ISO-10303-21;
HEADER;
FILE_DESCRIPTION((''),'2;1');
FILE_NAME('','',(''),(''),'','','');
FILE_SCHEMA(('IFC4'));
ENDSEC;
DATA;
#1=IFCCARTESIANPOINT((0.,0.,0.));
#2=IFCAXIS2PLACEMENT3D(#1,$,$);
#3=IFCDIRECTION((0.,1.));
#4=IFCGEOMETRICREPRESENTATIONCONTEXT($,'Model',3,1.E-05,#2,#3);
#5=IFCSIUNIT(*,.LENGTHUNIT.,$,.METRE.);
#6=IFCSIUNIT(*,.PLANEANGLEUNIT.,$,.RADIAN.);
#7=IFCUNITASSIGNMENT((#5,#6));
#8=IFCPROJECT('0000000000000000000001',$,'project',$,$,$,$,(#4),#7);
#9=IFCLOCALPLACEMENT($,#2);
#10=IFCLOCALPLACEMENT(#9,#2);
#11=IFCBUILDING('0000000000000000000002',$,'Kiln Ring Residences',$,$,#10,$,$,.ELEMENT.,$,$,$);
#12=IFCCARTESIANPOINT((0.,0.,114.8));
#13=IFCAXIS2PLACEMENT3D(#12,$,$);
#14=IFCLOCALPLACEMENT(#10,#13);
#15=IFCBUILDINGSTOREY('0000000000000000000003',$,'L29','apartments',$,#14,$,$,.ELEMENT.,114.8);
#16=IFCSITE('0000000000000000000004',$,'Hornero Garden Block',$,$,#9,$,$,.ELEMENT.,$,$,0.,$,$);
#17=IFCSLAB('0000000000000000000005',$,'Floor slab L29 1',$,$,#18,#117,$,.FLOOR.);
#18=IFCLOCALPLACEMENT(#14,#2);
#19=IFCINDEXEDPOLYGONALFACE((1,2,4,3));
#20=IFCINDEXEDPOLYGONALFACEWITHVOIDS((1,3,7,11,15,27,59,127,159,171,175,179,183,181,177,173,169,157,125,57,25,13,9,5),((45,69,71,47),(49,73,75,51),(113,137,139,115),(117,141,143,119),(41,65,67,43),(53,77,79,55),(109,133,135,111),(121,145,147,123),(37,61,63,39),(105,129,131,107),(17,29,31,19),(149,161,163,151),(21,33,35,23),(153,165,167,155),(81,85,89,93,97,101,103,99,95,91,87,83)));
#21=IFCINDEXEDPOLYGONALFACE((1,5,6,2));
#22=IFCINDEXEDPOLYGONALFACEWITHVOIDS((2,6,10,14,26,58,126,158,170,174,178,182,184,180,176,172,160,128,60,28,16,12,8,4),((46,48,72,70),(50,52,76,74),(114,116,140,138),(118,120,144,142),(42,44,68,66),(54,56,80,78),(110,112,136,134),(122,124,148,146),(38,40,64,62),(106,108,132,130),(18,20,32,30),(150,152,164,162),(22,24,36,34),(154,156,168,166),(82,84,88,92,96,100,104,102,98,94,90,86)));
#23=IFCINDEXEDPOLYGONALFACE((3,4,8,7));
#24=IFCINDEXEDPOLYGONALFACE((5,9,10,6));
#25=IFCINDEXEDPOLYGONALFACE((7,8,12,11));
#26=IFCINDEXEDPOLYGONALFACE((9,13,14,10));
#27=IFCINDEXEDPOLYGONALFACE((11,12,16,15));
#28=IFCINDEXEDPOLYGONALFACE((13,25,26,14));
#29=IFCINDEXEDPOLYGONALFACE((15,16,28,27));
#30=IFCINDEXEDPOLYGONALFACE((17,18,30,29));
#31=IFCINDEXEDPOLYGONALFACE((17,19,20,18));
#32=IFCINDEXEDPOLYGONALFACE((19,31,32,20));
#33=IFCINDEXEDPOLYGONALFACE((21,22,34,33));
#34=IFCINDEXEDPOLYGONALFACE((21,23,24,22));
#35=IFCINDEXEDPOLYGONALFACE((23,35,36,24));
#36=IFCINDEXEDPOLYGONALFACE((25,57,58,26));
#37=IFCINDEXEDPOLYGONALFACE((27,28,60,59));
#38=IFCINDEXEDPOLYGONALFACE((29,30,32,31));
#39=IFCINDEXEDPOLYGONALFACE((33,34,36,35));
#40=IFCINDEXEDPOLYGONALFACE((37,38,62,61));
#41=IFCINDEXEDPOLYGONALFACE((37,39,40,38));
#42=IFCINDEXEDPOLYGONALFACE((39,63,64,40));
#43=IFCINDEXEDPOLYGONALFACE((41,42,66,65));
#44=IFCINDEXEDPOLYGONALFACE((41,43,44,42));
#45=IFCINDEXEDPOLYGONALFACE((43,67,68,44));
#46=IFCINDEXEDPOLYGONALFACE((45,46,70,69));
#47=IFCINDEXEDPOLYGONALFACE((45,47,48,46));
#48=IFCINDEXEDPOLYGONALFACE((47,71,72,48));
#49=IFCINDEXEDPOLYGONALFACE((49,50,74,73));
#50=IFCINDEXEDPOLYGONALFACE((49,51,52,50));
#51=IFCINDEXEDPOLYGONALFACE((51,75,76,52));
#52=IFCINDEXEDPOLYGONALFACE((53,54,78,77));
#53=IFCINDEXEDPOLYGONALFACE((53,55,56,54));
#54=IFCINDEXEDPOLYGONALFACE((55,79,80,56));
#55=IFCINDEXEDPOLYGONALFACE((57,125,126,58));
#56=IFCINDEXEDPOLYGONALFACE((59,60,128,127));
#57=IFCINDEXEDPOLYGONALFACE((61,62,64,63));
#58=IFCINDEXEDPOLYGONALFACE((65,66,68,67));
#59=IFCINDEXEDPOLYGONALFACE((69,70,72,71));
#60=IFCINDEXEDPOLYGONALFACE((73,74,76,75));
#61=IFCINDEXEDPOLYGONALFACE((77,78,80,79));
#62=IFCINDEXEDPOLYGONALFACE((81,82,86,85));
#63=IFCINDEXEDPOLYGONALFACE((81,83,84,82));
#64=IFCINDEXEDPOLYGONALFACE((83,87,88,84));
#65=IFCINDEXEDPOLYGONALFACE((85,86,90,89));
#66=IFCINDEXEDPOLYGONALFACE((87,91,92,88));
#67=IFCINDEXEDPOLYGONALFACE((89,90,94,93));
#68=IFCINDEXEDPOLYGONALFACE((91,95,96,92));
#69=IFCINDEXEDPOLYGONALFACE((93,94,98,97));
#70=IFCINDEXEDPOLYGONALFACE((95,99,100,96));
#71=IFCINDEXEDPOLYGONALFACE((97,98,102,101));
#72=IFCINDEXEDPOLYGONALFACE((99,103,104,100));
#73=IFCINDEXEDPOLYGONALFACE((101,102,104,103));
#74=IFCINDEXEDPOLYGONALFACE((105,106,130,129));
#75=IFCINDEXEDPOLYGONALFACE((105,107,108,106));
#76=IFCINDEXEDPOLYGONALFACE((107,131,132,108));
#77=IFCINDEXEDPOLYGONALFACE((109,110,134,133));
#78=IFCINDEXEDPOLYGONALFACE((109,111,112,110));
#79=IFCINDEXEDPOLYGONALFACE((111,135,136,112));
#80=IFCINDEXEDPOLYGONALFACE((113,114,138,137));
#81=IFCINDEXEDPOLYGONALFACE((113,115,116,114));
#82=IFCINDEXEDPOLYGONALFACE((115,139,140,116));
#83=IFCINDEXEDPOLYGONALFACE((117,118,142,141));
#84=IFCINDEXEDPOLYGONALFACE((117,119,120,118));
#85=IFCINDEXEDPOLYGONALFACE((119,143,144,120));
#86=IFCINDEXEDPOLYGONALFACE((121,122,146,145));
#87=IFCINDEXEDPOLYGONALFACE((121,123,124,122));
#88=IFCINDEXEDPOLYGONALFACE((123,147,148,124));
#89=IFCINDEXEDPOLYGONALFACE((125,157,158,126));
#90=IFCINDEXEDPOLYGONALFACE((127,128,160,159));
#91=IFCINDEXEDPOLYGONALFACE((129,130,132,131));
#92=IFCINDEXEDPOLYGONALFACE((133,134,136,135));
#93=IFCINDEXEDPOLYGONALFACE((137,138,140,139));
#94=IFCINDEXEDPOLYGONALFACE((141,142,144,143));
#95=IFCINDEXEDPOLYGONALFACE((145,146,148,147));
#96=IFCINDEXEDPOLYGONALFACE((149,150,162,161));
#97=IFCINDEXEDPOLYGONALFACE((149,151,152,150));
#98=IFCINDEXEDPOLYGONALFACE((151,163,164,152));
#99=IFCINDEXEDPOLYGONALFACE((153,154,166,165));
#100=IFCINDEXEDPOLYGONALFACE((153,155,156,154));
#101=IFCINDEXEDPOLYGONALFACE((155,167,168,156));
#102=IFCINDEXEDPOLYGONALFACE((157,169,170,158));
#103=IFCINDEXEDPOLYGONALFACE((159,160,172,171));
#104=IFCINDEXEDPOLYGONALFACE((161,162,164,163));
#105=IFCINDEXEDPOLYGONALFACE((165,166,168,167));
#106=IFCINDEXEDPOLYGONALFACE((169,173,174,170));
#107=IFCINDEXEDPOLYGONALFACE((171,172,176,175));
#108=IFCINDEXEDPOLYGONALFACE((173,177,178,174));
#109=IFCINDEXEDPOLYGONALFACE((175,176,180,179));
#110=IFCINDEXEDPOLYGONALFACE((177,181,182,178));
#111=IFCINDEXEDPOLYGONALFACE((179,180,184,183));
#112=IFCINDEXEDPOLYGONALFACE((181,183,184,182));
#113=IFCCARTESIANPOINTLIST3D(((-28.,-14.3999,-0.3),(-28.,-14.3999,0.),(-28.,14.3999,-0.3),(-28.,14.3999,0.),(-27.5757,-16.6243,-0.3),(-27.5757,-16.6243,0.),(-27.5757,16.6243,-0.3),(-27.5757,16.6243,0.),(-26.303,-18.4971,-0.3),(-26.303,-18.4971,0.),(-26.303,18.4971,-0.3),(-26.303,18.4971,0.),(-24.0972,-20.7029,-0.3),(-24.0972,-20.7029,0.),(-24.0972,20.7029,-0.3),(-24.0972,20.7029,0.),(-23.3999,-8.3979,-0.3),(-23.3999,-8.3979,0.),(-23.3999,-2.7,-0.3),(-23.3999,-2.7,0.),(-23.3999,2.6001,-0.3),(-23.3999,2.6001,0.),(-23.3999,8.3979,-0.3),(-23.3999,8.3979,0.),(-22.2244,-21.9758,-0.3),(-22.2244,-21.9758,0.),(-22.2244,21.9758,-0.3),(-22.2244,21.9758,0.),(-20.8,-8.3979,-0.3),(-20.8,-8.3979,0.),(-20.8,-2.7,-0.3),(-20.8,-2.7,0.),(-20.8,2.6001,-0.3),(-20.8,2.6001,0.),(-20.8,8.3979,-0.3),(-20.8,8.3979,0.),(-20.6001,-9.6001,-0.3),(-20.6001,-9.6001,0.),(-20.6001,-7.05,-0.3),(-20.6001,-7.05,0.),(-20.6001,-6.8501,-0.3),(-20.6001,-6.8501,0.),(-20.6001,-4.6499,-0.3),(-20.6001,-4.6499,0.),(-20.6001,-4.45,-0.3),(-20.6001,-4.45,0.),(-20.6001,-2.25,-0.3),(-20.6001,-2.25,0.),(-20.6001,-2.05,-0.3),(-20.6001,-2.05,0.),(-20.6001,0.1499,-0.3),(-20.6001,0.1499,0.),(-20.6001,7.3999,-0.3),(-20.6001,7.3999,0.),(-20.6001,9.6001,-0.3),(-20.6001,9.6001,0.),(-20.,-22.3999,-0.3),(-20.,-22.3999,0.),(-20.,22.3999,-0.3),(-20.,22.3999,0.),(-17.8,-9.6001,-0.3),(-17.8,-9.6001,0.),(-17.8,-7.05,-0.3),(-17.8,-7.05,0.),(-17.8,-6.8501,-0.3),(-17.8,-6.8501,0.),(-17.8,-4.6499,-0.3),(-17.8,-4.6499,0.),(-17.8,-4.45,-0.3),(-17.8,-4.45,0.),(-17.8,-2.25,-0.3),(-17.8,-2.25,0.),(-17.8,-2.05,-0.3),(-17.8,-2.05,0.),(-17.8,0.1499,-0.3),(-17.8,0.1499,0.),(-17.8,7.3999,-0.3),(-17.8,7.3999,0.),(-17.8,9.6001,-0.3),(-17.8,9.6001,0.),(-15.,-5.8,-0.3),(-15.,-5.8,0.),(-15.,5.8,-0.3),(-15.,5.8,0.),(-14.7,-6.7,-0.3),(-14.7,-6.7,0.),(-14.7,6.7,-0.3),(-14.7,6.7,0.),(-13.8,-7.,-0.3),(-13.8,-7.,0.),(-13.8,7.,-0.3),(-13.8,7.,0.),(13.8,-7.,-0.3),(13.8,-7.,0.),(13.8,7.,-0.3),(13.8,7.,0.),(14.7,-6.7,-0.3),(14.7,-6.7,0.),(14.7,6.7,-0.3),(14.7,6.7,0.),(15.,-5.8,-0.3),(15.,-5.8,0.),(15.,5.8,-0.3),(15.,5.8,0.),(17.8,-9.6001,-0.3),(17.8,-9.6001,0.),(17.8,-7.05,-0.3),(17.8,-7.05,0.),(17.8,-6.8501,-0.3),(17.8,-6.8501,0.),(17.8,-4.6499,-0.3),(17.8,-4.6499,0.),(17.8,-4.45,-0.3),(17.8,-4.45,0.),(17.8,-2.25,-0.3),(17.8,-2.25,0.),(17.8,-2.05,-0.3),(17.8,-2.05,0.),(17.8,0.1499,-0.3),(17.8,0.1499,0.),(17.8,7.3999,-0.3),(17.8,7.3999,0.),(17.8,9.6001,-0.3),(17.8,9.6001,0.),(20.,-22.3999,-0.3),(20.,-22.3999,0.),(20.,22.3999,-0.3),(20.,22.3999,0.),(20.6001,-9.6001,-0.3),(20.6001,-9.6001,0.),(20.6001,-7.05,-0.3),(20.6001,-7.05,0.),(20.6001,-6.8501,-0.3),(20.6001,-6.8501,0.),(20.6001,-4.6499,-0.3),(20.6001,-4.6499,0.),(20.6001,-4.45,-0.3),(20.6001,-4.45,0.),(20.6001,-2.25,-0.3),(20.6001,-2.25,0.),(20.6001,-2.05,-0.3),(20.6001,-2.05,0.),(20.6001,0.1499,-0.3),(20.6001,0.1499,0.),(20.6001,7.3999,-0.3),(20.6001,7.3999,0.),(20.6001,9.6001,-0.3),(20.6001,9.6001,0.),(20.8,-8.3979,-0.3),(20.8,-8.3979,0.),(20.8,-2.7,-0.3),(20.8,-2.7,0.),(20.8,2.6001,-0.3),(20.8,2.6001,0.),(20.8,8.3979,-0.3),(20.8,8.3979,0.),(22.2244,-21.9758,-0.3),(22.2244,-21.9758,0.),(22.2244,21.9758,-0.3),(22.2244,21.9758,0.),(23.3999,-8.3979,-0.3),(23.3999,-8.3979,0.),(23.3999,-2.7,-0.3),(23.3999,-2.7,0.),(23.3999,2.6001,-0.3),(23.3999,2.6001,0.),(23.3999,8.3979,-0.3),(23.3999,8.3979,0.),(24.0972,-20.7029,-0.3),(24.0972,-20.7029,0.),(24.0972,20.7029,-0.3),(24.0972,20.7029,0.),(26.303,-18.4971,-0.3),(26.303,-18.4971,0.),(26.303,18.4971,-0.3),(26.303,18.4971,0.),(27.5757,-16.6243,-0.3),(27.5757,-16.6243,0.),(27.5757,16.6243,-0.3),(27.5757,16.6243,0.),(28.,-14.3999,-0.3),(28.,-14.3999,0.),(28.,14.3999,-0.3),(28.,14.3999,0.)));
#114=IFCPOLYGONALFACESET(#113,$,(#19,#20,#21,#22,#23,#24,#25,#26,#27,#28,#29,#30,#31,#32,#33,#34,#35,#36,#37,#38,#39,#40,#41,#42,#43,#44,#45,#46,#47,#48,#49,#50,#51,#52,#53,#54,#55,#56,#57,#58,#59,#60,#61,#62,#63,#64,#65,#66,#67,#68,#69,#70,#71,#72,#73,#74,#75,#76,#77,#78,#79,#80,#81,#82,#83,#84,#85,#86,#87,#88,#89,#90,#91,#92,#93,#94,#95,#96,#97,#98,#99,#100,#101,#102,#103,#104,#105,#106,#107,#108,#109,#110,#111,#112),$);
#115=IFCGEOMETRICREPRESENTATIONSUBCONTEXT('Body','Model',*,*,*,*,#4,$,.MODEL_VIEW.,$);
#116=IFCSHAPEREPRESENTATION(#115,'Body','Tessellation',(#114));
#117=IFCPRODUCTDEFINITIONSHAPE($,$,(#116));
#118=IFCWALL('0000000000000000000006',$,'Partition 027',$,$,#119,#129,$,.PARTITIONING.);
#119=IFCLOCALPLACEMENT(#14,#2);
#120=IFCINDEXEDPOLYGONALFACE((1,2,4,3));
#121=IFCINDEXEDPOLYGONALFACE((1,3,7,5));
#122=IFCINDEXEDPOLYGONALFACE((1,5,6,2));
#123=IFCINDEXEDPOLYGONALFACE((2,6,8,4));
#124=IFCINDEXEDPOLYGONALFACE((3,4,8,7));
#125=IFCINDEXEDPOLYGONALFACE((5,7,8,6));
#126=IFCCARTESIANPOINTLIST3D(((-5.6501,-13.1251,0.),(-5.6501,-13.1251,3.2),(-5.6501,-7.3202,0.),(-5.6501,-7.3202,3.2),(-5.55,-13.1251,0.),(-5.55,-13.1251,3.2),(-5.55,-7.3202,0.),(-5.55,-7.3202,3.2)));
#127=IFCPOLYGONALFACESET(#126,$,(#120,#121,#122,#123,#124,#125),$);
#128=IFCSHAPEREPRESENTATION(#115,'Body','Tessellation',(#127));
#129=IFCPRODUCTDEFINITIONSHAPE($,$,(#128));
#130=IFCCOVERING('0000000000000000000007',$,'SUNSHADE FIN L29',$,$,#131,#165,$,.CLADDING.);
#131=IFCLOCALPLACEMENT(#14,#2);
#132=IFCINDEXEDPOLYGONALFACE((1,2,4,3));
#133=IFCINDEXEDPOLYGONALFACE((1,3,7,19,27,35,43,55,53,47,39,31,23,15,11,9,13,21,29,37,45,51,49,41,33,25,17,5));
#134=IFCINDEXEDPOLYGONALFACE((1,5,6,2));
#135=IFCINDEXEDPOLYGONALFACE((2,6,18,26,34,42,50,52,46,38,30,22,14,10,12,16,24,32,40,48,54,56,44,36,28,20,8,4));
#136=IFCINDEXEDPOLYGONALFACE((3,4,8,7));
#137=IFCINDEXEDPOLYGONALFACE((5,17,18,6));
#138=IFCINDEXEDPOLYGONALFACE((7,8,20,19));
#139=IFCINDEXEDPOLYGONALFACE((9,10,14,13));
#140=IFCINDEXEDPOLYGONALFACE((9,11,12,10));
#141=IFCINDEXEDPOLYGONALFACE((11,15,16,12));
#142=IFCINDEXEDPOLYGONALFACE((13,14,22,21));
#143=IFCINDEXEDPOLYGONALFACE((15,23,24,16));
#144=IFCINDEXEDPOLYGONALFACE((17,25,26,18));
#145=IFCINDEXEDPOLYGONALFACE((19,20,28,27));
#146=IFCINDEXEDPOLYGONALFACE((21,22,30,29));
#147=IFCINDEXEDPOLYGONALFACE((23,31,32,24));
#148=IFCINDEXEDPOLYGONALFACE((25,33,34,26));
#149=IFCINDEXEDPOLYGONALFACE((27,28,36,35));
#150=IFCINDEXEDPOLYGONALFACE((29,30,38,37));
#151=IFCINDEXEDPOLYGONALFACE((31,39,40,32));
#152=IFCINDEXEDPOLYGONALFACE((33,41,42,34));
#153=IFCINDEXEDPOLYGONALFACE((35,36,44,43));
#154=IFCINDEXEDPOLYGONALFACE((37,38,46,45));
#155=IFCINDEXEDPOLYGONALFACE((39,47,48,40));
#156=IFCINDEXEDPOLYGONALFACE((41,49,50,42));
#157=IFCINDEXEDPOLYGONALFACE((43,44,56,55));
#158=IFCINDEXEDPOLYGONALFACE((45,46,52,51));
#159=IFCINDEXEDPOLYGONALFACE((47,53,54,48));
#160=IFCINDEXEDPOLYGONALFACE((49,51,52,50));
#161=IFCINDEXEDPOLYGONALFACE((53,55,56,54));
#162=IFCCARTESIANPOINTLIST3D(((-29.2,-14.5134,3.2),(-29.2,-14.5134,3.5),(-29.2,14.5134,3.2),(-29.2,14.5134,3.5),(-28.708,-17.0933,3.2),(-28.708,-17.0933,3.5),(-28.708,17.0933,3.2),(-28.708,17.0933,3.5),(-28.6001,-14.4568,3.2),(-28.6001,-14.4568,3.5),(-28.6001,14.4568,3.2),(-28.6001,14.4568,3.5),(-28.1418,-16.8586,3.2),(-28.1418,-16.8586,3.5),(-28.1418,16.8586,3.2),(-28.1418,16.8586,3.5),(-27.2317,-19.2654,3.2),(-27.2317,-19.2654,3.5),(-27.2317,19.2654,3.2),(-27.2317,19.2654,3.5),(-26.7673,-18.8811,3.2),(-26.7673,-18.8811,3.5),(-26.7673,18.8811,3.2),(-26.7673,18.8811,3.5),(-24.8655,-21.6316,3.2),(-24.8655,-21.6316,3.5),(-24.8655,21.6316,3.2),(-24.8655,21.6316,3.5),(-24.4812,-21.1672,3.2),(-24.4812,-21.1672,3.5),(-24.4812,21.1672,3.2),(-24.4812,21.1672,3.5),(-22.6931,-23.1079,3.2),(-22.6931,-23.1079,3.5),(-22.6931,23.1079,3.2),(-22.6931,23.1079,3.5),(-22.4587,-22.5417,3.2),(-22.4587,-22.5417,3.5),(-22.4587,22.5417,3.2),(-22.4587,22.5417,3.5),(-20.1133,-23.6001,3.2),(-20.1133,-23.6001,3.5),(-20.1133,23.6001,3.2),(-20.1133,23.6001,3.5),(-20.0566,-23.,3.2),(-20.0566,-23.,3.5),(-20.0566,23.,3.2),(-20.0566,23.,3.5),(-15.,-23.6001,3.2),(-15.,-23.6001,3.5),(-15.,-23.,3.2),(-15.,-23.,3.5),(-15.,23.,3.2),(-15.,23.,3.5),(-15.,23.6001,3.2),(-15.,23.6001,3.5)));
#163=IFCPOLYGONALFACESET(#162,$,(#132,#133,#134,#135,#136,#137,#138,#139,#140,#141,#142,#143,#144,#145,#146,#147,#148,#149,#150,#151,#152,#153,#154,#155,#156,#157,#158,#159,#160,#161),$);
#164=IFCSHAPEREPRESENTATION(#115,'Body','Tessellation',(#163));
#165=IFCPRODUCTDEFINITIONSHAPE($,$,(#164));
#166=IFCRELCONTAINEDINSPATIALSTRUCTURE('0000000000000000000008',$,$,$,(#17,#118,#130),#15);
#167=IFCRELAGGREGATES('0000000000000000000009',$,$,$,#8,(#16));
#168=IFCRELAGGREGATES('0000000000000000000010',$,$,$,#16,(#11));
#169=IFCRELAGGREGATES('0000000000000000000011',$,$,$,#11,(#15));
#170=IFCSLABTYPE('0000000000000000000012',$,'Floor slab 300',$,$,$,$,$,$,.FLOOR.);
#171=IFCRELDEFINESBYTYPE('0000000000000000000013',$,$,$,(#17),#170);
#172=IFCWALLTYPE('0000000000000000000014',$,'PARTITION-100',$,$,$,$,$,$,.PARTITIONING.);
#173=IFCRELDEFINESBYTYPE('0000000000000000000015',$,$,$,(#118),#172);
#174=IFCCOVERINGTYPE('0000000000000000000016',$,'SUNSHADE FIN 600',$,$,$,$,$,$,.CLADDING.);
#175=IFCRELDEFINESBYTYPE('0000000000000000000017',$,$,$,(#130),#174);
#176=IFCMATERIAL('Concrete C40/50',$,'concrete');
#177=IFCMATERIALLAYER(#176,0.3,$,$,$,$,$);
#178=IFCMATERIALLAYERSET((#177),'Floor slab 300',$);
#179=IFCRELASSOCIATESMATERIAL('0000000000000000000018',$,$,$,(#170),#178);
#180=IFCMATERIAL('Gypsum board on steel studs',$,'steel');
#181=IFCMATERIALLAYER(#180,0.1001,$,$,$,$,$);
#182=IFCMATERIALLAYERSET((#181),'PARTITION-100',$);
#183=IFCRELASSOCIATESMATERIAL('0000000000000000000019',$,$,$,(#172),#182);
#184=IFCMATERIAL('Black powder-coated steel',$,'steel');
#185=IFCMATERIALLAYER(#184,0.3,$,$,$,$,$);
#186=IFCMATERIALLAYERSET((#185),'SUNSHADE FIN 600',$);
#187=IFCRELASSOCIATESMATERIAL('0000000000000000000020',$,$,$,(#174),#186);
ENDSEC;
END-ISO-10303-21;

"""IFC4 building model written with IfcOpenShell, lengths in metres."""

from ifc_helpers import new_model, si_unit, direction, frame, frame_2d, origin, place, context, subcontext, project, spatial, polyline, rectangle, outline, extrude, material, layer, layer_set, type_object, element, save


model = new_model("IFC4")

# Units and contexts
model_context = context("Model", 3, precision=1e-05, world=origin(), true_north=direction((0.0, 1.0)))
body_context = subcontext(model_context, "Body", "Model", "MODEL_VIEW")
ifc_project = project(units=[si_unit("LENGTHUNIT", "METRE"), si_unit("PLANEANGLEUNIT", "RADIAN")], contexts=[model_context])

# Site, building, storey
site_placement = place(None, origin())
site = spatial("IfcSite", under=ifc_project, at=site_placement, Name="Hornero Garden Block", CompositionType="ELEMENT", RefElevation=0.0)
building_placement = place(site_placement, origin())
building = spatial("IfcBuilding", under=site, at=building_placement, Name="Kiln Ring Residences", CompositionType="ELEMENT")
storey_placement = place(building_placement, frame((0.0, 0.0, 114.8)))
storey = spatial("IfcBuildingStorey", under=building, at=storey_placement, Name="L29", Description="apartments", CompositionType="ELEMENT", Elevation=114.8)

# Slab
ifc_material_1 = material(Name="Concrete C40/50", Category="concrete")
ifc_layer_1 = layer(ifc_material_1, 0.3)
ifc_layer_set_1 = layer_set([ifc_layer_1], Name="Floor slab 300")
slab_type = type_object("IfcSlabType", Name="Floor slab 300", PredefinedType="FLOOR", material=ifc_layer_set_1)
slab_placement = place(storey_placement, frame((0.0, 0.0, -0.3)))
element("IfcSlab", 1, at=slab_placement, inside=storey, type_object=slab_type, Name="Floor slab L29 1", PredefinedType="FLOOR", context=body_context, shape_type="SweptSolid", body=[
    extrude(outline(polyline([(-26.303, -18.4971), (-24.0972, -20.7029), (-22.2244, -21.9758), (-20.0, -22.3999), (20.0, -22.3999), (22.2244, -21.9758), (24.0972, -20.7029), (26.303, -18.4971), (27.5757, -16.6243), (28.0, -14.3999), (28.0, 14.3999), (27.5757, 16.6243), (26.303, 18.4971), (24.0972, 20.7029), (22.2244, 21.9758), (20.0, 22.3999), (-20.0, 22.3999), (-22.2244, 21.9758), (-24.0972, 20.7029), (-26.303, 18.4971), (-27.5757, 16.6243), (-28.0, 14.3999), (-28.0, -14.3999), (-27.5757, -16.6243), (-26.303, -18.4971)]), holes=[polyline([(-14.7, -6.7), (-15.0, -5.8), (-15.0, 5.8), (-14.7, 6.7), (-13.8, 7.0), (13.8, 7.0), (14.7, 6.7), (15.0, 5.8), (15.0, -5.8), (14.7, -6.7), (13.8, -7.0), (-13.8, -7.0), (-14.7, -6.7)]), polyline([(20.8, -8.3979), (20.8, -2.7), (23.3999, -2.7), (23.3999, -8.3979), (20.8, -8.3979)]), polyline([(20.8, 2.6001), (20.8, 8.3979), (23.3999, 8.3979), (23.3999, 2.6001), (20.8, 2.6001)]), polyline([(17.8, -6.8501), (17.8, -4.6499), (20.6001, -4.6499), (20.6001, -6.8501), (17.8, -6.8501)]), polyline([(17.8, -4.45), (17.8, -2.25), (20.6001, -2.25), (20.6001, -4.45), (17.8, -4.45)]), polyline([(17.8, -2.05), (17.8, 0.1499), (20.6001, 0.1499), (20.6001, -2.05), (17.8, -2.05)]), polyline([(17.8, 7.3999), (17.8, 9.6001), (20.6001, 9.6001), (20.6001, 7.3999), (17.8, 7.3999)]), polyline([(20.6001, -9.6001), (17.8, -9.6001), (17.8, -7.05), (20.6001, -7.05), (20.6001, -9.6001)]), polyline([(-17.8, -7.05), (-17.8, -9.6001), (-20.6001, -9.6001), (-20.6001, -7.05), (-17.8, -7.05)]), polyline([(-17.8, -6.8501), (-20.6001, -6.8501), (-20.6001, -4.6499), (-17.8, -4.6499), (-17.8, -6.8501)]), polyline([(-17.8, -4.45), (-20.6001, -4.45), (-20.6001, -2.25), (-17.8, -2.25), (-17.8, -4.45)]), polyline([(-17.8, -2.05), (-20.6001, -2.05), (-20.6001, 0.1499), (-17.8, 0.1499), (-17.8, -2.05)]), polyline([(-17.8, 7.3999), (-20.6001, 7.3999), (-20.6001, 9.6001), (-17.8, 9.6001), (-17.8, 7.3999)]), polyline([(-20.8, -8.3979), (-23.3999, -8.3979), (-23.3999, -2.7), (-20.8, -2.7), (-20.8, -8.3979)]), polyline([(-20.8, 2.6001), (-23.3999, 2.6001), (-23.3999, 8.3979), (-20.8, 8.3979), (-20.8, 2.6001)])]), origin(), (0.0, 0.0, 1.0), 0.3),
])

# Wall
ifc_material_2 = material(Name="Gypsum board on steel studs", Category="steel")
ifc_layer_2 = layer(ifc_material_2, 0.1001)
ifc_layer_set_2 = layer_set([ifc_layer_2], Name="PARTITION-100")
wall_type = type_object("IfcWallType", Name="PARTITION-100", PredefinedType="PARTITIONING", material=ifc_layer_set_2)
wall_placement = place(storey_placement, frame((-5.6001, -13.125, 0.0), z_axis=(0.0, 0.0, 1.0), x_axis=(0.0, 1.0, 0.0)))
element("IfcWall", 2, at=wall_placement, inside=storey, type_object=wall_type, Name="Partition 027", PredefinedType="PARTITIONING", context=body_context, shape_type="SweptSolid", body=[
    extrude(rectangle(XDim=5.8049, YDim=0.1001, at=frame_2d((2.9023, 0.0))), origin(), (0.0, 0.0, 1.0), 3.2),
])

# Covering
ifc_material_3 = material(Name="Black powder-coated steel", Category="steel")
ifc_layer_3 = layer(ifc_material_3, 0.3)
ifc_layer_set_3 = layer_set([ifc_layer_3], Name="SUNSHADE FIN 600")
covering_type = type_object("IfcCoveringType", Name="SUNSHADE FIN 600", PredefinedType="CLADDING", material=ifc_layer_set_3)
placement = place(storey_placement, frame((0.0, 0.0, 3.2)))
element("IfcCovering", 3, at=placement, inside=storey, type_object=covering_type, Name="SUNSHADE FIN L29", PredefinedType="CLADDING", context=body_context, shape_type="SweptSolid", body=[
    extrude(outline(polyline([(-29.2, -14.5134), (-28.708, -17.0933), (-27.2317, -19.2654), (-24.8655, -21.6316), (-22.6931, -23.1079), (-20.1133, -23.6001), (-15.0, -23.6001), (-15.0, -23.0), (-20.0566, -23.0), (-22.4587, -22.5417), (-24.4812, -21.1672), (-26.7673, -18.8811), (-28.1418, -16.8586), (-28.6001, -14.4568), (-28.6001, 14.4568), (-28.1418, 16.8586), (-26.7673, 18.8811), (-24.4812, 21.1672), (-22.4587, 22.5417), (-20.0566, 23.0), (-15.0, 23.0), (-15.0, 23.6001), (-20.1133, 23.6001), (-22.6931, 23.1079), (-24.8655, 21.6316), (-27.2317, 19.2654), (-28.708, 17.0933), (-29.2, 14.5134), (-29.2, -14.5134)])), origin(), (0.0, 0.0, 1.0), 0.3),
])

save(model, "model.ifc")
